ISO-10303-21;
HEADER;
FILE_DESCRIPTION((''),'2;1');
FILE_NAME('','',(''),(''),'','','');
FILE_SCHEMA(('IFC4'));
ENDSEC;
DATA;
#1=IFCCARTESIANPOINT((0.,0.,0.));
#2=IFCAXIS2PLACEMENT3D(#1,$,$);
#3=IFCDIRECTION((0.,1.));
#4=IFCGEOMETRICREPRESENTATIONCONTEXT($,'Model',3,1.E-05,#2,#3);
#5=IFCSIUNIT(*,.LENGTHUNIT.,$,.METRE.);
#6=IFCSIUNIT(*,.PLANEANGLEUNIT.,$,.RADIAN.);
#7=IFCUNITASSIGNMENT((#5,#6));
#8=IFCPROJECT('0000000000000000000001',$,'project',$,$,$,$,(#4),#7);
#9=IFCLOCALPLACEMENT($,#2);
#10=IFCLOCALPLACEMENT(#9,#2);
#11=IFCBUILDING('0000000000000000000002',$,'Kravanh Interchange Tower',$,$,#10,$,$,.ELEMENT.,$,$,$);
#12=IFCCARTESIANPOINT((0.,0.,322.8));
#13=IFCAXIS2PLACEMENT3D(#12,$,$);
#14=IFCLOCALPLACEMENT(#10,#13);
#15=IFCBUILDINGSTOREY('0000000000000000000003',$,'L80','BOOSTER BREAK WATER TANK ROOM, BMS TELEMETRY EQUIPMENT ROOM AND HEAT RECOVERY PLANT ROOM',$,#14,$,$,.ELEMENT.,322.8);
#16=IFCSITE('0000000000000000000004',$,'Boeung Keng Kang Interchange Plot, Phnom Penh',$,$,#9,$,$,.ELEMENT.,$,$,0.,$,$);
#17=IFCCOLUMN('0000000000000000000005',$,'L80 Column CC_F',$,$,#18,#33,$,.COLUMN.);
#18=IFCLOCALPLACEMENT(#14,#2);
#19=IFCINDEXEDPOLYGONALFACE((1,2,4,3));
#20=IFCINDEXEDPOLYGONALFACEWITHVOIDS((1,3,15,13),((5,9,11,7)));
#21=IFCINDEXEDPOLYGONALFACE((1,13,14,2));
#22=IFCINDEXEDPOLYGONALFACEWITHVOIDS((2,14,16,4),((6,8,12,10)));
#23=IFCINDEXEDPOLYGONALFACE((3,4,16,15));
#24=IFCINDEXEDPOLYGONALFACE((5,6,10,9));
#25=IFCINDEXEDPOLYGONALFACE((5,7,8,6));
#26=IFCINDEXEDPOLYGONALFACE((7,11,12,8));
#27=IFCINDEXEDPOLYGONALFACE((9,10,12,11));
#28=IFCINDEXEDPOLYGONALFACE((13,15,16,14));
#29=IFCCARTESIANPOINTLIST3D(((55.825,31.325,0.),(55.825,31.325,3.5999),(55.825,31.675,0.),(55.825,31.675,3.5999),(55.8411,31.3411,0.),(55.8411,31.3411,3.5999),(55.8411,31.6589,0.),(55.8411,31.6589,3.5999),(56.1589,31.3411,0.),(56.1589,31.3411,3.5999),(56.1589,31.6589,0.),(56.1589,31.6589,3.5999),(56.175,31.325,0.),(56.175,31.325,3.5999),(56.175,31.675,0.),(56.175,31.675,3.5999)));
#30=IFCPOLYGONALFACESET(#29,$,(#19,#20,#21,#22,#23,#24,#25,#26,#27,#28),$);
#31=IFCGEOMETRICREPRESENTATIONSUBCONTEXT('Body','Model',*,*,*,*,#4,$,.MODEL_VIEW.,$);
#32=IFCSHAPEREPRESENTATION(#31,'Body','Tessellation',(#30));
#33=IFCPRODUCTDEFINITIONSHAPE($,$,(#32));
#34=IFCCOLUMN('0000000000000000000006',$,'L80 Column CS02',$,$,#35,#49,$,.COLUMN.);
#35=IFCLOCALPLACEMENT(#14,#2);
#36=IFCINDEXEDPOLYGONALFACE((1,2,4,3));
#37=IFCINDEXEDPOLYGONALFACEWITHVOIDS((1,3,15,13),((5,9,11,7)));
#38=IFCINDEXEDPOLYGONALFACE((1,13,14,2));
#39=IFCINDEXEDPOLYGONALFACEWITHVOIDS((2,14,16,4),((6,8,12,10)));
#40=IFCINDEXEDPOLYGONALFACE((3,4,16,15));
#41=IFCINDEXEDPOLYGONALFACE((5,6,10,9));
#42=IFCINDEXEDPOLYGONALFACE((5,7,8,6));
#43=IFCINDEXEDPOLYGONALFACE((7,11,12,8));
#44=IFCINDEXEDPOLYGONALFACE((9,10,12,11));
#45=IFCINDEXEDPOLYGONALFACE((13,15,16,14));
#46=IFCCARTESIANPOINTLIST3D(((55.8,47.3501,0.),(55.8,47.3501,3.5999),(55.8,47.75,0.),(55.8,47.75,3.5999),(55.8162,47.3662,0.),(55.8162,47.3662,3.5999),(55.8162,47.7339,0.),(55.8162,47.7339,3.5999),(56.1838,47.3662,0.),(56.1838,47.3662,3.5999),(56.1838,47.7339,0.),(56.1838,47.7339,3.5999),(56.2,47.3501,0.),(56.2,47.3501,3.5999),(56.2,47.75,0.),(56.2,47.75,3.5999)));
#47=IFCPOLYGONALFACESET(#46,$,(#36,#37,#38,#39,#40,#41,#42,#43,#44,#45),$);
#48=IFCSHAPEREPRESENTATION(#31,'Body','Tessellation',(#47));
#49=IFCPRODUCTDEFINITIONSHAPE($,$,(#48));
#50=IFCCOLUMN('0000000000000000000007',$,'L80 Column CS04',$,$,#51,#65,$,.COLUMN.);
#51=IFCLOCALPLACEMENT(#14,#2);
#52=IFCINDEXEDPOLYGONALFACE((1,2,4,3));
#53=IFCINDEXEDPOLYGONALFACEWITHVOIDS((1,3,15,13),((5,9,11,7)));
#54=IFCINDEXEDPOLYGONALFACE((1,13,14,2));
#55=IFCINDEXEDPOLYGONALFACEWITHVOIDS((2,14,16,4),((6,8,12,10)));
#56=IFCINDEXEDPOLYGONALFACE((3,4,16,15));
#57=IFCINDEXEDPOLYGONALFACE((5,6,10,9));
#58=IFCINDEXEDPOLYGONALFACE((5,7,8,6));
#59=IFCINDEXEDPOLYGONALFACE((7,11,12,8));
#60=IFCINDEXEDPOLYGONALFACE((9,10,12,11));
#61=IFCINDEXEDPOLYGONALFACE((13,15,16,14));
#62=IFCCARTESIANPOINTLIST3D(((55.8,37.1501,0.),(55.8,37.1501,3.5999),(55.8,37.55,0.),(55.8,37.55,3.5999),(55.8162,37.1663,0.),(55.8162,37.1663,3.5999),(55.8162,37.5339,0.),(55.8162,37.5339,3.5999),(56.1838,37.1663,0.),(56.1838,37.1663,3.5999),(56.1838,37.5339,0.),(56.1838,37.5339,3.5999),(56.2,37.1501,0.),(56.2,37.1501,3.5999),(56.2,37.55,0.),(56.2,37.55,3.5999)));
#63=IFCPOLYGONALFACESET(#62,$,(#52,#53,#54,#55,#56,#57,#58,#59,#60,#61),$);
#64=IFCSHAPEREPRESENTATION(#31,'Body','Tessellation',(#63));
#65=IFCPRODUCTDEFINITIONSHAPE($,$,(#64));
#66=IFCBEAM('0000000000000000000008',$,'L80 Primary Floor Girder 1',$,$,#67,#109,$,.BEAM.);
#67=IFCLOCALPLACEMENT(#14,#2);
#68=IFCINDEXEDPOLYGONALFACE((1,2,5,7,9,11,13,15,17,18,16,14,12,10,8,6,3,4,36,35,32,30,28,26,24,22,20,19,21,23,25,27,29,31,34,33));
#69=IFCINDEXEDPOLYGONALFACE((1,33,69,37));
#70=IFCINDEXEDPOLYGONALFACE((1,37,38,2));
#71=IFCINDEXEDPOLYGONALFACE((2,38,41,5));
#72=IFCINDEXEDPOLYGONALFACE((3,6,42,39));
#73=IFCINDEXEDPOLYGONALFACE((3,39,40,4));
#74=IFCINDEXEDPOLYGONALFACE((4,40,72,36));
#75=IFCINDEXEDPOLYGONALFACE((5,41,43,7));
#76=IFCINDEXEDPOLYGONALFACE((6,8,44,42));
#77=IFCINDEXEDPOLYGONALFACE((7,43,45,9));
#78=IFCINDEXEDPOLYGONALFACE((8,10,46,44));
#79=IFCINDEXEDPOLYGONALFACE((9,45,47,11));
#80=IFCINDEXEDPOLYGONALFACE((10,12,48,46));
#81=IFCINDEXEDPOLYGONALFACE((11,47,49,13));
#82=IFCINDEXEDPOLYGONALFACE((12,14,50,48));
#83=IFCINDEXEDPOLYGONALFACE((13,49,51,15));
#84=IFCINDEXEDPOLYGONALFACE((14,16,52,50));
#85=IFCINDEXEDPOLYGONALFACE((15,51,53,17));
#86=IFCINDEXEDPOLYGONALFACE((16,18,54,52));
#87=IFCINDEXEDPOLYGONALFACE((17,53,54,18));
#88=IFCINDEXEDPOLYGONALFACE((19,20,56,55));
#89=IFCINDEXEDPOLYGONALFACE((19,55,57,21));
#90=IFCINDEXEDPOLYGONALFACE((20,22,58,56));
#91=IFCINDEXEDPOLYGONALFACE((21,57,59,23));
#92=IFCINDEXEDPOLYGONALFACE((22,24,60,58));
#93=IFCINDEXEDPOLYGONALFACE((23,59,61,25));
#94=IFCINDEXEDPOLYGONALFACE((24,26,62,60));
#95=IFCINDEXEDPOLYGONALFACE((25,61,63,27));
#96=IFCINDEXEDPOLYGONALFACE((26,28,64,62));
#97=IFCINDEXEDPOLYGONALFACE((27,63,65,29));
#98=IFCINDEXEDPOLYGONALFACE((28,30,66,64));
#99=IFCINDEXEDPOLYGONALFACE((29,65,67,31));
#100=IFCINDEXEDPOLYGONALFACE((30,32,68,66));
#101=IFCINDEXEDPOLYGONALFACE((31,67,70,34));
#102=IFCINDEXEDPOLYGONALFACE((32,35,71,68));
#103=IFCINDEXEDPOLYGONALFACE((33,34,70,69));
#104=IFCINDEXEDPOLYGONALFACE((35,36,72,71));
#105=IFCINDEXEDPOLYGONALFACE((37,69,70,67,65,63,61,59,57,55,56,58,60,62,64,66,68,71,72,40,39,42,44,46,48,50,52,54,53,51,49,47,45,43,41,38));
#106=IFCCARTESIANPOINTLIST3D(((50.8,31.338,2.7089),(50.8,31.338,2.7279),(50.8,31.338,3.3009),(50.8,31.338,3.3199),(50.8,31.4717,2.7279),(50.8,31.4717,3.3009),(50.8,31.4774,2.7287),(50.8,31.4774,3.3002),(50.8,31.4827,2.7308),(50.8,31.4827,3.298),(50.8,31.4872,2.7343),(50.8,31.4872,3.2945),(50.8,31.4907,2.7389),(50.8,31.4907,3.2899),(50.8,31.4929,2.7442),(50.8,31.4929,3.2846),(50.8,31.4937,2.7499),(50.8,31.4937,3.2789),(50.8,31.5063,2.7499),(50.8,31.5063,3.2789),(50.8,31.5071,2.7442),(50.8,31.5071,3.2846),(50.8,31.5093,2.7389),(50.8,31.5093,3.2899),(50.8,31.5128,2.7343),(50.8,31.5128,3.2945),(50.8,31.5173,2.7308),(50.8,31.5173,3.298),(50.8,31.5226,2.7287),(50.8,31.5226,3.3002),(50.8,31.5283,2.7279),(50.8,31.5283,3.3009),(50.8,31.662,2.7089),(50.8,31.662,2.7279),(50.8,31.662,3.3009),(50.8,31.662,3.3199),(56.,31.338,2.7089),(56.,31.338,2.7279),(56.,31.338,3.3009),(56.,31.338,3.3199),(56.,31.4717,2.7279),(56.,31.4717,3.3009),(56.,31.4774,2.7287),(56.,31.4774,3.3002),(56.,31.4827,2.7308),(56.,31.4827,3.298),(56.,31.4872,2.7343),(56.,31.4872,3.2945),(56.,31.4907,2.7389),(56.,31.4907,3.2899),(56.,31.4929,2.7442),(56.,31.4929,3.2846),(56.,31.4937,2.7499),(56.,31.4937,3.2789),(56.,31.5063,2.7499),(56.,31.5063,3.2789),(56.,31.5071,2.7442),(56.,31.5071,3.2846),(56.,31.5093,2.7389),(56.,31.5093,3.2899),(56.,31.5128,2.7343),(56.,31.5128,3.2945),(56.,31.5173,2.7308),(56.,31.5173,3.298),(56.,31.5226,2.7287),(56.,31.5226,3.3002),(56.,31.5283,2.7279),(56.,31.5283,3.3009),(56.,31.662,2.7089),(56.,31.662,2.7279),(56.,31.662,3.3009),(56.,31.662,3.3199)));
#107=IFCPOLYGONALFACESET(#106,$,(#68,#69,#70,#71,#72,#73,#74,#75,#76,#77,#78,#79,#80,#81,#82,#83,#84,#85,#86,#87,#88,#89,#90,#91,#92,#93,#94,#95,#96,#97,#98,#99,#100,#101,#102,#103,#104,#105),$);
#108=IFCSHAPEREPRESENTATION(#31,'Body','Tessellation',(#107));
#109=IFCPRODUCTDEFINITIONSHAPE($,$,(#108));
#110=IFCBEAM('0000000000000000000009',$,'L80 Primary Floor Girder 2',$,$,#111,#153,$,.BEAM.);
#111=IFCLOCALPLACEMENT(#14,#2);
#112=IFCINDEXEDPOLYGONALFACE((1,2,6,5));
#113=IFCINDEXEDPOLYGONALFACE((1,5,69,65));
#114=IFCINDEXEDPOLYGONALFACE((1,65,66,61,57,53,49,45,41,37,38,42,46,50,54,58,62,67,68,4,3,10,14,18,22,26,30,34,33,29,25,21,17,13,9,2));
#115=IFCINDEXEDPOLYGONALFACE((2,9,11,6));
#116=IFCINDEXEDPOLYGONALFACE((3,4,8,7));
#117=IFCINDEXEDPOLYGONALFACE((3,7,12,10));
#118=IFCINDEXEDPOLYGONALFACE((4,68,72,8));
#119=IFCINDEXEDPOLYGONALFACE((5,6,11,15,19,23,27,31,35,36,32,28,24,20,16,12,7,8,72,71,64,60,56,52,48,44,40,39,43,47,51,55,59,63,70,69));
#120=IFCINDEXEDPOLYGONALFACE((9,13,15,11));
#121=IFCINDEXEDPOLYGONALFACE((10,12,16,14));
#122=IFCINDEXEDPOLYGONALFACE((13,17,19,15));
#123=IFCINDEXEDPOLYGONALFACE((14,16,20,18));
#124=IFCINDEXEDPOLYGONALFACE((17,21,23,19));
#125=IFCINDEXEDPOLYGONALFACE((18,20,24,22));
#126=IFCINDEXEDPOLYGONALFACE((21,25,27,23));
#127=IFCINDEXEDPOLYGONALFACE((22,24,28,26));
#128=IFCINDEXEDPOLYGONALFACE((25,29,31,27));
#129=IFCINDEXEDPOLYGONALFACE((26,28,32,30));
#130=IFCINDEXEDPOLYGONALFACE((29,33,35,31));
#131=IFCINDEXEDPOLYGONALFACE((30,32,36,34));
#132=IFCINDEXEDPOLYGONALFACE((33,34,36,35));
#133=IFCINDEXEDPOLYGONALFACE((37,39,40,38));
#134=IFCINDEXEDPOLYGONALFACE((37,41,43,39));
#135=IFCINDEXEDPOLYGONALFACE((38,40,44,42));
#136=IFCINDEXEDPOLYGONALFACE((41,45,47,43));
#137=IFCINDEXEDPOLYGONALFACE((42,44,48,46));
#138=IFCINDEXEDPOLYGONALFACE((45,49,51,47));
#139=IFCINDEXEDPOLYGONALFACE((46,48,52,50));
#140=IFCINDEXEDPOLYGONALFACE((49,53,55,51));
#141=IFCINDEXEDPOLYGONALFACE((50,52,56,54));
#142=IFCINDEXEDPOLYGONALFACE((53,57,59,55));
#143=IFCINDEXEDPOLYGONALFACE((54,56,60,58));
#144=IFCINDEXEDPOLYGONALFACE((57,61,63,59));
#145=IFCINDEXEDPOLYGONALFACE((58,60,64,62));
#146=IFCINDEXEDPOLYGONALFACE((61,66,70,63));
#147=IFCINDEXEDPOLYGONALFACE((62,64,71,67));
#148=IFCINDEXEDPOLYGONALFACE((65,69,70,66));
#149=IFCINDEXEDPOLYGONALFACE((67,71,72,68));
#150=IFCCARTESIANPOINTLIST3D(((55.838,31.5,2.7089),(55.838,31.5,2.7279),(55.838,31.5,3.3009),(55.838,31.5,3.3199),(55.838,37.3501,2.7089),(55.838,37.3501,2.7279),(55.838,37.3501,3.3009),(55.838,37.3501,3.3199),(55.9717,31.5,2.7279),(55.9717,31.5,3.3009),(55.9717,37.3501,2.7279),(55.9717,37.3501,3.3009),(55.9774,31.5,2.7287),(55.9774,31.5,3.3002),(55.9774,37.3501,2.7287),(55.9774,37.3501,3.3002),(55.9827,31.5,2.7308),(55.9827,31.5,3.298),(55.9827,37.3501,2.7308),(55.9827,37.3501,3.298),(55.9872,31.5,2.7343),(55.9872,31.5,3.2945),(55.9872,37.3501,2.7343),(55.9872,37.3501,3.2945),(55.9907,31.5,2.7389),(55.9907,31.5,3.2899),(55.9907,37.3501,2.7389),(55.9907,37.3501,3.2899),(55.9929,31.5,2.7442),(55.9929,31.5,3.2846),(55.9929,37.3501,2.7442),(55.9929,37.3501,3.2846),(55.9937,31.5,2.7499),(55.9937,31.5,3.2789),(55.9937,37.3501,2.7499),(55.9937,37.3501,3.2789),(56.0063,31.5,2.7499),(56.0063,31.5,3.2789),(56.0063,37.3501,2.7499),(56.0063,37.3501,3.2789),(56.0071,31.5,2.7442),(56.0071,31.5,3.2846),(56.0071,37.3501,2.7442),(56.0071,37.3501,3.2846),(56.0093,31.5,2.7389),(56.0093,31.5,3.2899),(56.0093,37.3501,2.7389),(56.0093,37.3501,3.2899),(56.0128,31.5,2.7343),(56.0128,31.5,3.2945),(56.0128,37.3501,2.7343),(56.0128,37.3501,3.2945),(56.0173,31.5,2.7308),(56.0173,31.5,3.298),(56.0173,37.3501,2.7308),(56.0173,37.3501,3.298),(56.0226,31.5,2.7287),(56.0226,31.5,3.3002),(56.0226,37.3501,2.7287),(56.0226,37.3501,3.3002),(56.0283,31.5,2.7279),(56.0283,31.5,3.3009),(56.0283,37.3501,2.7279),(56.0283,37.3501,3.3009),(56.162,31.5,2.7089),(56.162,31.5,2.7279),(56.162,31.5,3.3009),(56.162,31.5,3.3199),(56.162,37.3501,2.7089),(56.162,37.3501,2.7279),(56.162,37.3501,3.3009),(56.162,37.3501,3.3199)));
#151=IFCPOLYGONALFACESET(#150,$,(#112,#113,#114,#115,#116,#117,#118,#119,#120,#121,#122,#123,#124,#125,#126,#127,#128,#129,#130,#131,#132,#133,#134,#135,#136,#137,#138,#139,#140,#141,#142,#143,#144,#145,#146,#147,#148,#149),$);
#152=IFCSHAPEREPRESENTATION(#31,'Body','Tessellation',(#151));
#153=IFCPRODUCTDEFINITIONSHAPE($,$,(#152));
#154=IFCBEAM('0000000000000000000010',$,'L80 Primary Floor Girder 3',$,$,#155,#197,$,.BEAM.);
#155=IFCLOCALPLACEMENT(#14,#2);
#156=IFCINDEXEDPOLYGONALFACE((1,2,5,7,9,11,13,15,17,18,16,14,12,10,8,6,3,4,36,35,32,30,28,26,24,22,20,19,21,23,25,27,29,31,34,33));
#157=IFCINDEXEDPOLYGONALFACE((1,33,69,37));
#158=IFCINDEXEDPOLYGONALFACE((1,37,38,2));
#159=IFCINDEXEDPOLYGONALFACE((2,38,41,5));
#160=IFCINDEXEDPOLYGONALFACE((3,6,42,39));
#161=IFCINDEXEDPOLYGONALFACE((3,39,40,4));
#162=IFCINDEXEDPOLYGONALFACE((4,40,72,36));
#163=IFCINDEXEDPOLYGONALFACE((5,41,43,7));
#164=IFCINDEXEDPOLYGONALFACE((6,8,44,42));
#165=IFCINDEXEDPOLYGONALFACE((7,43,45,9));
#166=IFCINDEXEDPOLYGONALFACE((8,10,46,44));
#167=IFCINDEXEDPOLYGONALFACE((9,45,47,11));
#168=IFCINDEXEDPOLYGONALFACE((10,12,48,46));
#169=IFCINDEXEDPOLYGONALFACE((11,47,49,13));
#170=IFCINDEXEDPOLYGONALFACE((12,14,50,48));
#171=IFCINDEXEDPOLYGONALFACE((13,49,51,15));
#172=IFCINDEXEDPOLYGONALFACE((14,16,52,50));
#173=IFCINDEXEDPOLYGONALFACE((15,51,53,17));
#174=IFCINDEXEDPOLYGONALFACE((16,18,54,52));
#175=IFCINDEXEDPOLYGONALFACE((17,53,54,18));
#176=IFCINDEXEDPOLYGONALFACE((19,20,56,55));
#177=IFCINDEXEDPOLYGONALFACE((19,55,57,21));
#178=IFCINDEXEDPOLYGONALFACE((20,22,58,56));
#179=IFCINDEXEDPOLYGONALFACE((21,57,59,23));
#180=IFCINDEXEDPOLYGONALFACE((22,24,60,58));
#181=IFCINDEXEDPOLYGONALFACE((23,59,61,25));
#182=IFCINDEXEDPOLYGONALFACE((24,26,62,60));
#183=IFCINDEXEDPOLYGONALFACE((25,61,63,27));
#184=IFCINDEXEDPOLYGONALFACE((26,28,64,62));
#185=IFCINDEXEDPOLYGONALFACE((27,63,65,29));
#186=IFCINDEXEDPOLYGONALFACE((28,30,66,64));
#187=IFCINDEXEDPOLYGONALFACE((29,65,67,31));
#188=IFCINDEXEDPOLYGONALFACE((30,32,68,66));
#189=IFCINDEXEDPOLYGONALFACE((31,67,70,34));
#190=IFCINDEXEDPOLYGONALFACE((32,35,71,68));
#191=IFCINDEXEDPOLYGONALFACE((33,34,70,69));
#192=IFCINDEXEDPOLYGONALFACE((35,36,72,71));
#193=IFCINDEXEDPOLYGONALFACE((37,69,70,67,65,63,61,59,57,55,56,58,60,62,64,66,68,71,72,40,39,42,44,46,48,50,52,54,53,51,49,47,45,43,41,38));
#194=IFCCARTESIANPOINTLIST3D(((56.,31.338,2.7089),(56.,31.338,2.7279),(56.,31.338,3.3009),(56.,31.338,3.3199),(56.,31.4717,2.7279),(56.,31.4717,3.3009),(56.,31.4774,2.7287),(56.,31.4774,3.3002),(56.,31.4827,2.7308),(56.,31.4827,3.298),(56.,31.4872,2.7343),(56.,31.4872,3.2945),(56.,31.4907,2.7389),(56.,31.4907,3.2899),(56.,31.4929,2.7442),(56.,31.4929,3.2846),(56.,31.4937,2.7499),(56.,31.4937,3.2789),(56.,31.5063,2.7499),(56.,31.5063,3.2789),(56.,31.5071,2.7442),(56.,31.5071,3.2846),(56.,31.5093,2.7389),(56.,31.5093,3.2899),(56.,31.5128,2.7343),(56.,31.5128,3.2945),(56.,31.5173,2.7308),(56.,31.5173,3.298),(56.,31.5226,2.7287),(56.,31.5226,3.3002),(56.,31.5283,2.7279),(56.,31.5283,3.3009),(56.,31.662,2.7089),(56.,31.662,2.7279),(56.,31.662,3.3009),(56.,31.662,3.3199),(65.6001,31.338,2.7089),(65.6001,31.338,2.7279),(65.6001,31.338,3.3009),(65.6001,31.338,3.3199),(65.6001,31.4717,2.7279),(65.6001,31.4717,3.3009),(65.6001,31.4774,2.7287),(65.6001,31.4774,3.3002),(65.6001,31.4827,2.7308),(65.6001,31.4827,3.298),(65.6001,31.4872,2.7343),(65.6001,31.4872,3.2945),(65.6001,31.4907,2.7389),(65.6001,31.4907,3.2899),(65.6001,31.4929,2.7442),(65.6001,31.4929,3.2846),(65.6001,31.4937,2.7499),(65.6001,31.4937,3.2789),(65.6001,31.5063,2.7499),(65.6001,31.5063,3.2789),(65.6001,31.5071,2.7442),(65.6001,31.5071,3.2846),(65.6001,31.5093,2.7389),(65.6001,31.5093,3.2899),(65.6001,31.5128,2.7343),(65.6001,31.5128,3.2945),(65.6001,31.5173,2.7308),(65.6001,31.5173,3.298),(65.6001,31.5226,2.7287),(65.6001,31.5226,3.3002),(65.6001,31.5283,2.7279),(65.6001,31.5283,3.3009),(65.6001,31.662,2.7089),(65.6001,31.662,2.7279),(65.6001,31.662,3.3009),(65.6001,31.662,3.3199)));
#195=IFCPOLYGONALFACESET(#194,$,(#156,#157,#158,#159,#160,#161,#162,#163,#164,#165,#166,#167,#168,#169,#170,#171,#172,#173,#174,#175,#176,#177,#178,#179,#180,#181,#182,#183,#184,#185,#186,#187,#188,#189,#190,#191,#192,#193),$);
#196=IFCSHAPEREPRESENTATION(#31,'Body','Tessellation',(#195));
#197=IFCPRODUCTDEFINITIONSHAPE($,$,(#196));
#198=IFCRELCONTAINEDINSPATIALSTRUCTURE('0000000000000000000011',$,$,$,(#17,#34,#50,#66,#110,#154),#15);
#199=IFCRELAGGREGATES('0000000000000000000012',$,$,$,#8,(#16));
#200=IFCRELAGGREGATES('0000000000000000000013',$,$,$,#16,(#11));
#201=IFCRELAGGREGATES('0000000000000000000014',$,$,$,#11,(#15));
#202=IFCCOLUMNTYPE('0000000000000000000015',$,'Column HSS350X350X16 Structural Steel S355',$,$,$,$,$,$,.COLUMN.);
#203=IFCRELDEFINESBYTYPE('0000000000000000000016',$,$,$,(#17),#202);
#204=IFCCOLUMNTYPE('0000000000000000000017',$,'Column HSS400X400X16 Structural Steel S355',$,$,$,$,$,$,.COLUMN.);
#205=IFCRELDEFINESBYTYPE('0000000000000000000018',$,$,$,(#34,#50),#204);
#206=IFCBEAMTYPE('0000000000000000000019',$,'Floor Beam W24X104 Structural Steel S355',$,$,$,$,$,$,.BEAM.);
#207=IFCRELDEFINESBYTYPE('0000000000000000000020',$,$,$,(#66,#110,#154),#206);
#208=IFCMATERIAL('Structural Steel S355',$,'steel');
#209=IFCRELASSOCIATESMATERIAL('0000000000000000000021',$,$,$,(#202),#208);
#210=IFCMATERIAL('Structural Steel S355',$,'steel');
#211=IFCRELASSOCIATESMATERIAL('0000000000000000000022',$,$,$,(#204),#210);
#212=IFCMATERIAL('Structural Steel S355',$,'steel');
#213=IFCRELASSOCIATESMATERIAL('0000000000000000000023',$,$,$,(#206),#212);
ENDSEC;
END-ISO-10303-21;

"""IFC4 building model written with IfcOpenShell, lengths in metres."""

from ifc_helpers import new_model, si_unit, direction, frame, origin, origin_2d, place, context, subcontext, project, spatial, hollow_rectangle, i_section, extrude, material, material_profile, profile_set, type_object, element, save


model = new_model("IFC4")

# Units and contexts
model_context = context("Model", 3, precision=1e-05, world=origin(), true_north=direction((0.0, 1.0)))
body_context = subcontext(model_context, "Body", "Model", "MODEL_VIEW")
ifc_project = project(units=[si_unit("LENGTHUNIT", "METRE"), si_unit("PLANEANGLEUNIT", "RADIAN")], contexts=[model_context])

# Site, building, storey
site_placement = place(None, origin())
site = spatial("IfcSite", under=ifc_project, at=site_placement, Name="Boeung Keng Kang Interchange Plot, Phnom Penh", CompositionType="ELEMENT", RefElevation=0.0)
building_placement = place(site_placement, origin())
building = spatial("IfcBuilding", under=site, at=building_placement, Name="Kravanh Interchange Tower", CompositionType="ELEMENT")
storey_placement = place(building_placement, frame((0.0, 0.0, 322.8)))
storey = spatial("IfcBuildingStorey", under=building, at=storey_placement, Name="L80", Description="BOOSTER BREAK WATER TANK ROOM, BMS TELEMETRY EQUIPMENT ROOM AND HEAT RECOVERY PLANT ROOM", CompositionType="ELEMENT", Elevation=322.8)

# Columns
ifc_material_1 = material(Name="Structural Steel S355", Category="steel")
ifc_material_profile_1 = material_profile(ifc_material_1, hollow_rectangle(XDim=0.3501, YDim=0.3501, WallThickness=0.0161, at=origin_2d()), Name="HSS350X350X16")
ifc_profile_set_1 = profile_set([ifc_material_profile_1], Name="Structural Steel S355")
column_type_1 = type_object("IfcColumnType", Name="Column HSS350X350X16 Structural Steel S355", PredefinedType="COLUMN", material=ifc_profile_set_1)
column_placement = place(storey_placement, frame((56.0, 31.5, 0.0), z_axis=(0.0, 0.0, 1.0), x_axis=(1.0, 0.0, 0.0)))
element("IfcColumn", 1, at=column_placement, inside=storey, type_object=column_type_1, Name="L80 Column CC_F", PredefinedType="COLUMN", context=body_context, shape_type="SweptSolid", body=[
    extrude(hollow_rectangle(XDim=0.3501, YDim=0.3501, WallThickness=0.0161, at=origin_2d()), origin(), (0.0, 0.0, 1.0), 3.5999),
])
ifc_material_2 = material(Name="Structural Steel S355", Category="steel")
ifc_material_profile_2 = material_profile(ifc_material_2, hollow_rectangle(XDim=0.3999, YDim=0.3999, WallThickness=0.0161, at=origin_2d()), Name="HSS400X400X16")
ifc_profile_set_2 = profile_set([ifc_material_profile_2], Name="Structural Steel S355")
column_type_2 = type_object("IfcColumnType", Name="Column HSS400X400X16 Structural Steel S355", PredefinedType="COLUMN", material=ifc_profile_set_2)
for number, where, z_axis, x_axis, name in (
    (2, (56.0, 47.55, 0.0), (0.0, 0.0, 1.0), (1.0, 0.0, 0.0), "L80 Column CS02"),
    (3, (56.0, 37.3501, 0.0), (0.0, 0.0, 1.0), (1.0, 0.0, 0.0), "L80 Column CS04"),
):
    element("IfcColumn", number, at=place(storey_placement, frame(where, z_axis=z_axis, x_axis=x_axis)), inside=storey, type_object=column_type_2, Name=name, PredefinedType="COLUMN", context=body_context, shape_type="SweptSolid", body=[
        extrude(hollow_rectangle(XDim=0.3999, YDim=0.3999, WallThickness=0.0161, at=origin_2d()), origin(), (0.0, 0.0, 1.0), 3.5999),
    ])

# Beams
ifc_material_3 = material(Name="Structural Steel S355", Category="steel")
ifc_material_profile_3 = material_profile(ifc_material_3, i_section(OverallWidth=0.324, OverallDepth=0.6111, WebThickness=0.0127, FlangeThickness=0.019, FilletRadius=0.022, at=origin_2d()), Name="W24X104")
ifc_profile_set_3 = profile_set([ifc_material_profile_3], Name="Structural Steel S355")
beam_type_1 = type_object("IfcBeamType", Name="Floor Beam W24X104 Structural Steel S355", PredefinedType="BEAM", material=ifc_profile_set_3)
beam_1_placement = place(storey_placement, frame((56.0, 31.5, 3.0144), z_axis=(-1.0, 0.0, 0.0), x_axis=(0.0, -1.0, 0.0)))
element("IfcBeam", 4, at=beam_1_placement, inside=storey, type_object=beam_type_1, Name="L80 Primary Floor Girder 1", PredefinedType="BEAM", context=body_context, shape_type="SweptSolid", body=[
    extrude(i_section(OverallWidth=0.324, OverallDepth=0.6111, WebThickness=0.0127, FlangeThickness=0.019, FilletRadius=0.022, at=origin_2d()), origin(), (0.0, 0.0, 1.0), 5.2),
])
beam_2_placement = place(storey_placement, frame((56.0, 31.5, 3.0144), z_axis=(0.0, 1.0, 0.0), x_axis=(-1.0, 0.0, 0.0)))
element("IfcBeam", 5, at=beam_2_placement, inside=storey, type_object=beam_type_1, Name="L80 Primary Floor Girder 2", PredefinedType="BEAM", context=body_context, shape_type="SweptSolid", body=[
    extrude(i_section(OverallWidth=0.324, OverallDepth=0.6111, WebThickness=0.0127, FlangeThickness=0.019, FilletRadius=0.022, at=origin_2d()), origin(), (0.0, 0.0, 1.0), 5.8501),
])
beam_3_placement = place(storey_placement, frame((56.0, 31.5, 3.0144), z_axis=(1.0, 0.0, 0.0), x_axis=(0.0, 1.0, 0.0)))
element("IfcBeam", 6, at=beam_3_placement, inside=storey, type_object=beam_type_1, Name="L80 Primary Floor Girder 3", PredefinedType="BEAM", context=body_context, shape_type="SweptSolid", body=[
    extrude(i_section(OverallWidth=0.324, OverallDepth=0.6111, WebThickness=0.0127, FlangeThickness=0.019, FilletRadius=0.022, at=origin_2d()), origin(), (0.0, 0.0, 1.0), 9.6001),
])

save(model, "model.ifc")
